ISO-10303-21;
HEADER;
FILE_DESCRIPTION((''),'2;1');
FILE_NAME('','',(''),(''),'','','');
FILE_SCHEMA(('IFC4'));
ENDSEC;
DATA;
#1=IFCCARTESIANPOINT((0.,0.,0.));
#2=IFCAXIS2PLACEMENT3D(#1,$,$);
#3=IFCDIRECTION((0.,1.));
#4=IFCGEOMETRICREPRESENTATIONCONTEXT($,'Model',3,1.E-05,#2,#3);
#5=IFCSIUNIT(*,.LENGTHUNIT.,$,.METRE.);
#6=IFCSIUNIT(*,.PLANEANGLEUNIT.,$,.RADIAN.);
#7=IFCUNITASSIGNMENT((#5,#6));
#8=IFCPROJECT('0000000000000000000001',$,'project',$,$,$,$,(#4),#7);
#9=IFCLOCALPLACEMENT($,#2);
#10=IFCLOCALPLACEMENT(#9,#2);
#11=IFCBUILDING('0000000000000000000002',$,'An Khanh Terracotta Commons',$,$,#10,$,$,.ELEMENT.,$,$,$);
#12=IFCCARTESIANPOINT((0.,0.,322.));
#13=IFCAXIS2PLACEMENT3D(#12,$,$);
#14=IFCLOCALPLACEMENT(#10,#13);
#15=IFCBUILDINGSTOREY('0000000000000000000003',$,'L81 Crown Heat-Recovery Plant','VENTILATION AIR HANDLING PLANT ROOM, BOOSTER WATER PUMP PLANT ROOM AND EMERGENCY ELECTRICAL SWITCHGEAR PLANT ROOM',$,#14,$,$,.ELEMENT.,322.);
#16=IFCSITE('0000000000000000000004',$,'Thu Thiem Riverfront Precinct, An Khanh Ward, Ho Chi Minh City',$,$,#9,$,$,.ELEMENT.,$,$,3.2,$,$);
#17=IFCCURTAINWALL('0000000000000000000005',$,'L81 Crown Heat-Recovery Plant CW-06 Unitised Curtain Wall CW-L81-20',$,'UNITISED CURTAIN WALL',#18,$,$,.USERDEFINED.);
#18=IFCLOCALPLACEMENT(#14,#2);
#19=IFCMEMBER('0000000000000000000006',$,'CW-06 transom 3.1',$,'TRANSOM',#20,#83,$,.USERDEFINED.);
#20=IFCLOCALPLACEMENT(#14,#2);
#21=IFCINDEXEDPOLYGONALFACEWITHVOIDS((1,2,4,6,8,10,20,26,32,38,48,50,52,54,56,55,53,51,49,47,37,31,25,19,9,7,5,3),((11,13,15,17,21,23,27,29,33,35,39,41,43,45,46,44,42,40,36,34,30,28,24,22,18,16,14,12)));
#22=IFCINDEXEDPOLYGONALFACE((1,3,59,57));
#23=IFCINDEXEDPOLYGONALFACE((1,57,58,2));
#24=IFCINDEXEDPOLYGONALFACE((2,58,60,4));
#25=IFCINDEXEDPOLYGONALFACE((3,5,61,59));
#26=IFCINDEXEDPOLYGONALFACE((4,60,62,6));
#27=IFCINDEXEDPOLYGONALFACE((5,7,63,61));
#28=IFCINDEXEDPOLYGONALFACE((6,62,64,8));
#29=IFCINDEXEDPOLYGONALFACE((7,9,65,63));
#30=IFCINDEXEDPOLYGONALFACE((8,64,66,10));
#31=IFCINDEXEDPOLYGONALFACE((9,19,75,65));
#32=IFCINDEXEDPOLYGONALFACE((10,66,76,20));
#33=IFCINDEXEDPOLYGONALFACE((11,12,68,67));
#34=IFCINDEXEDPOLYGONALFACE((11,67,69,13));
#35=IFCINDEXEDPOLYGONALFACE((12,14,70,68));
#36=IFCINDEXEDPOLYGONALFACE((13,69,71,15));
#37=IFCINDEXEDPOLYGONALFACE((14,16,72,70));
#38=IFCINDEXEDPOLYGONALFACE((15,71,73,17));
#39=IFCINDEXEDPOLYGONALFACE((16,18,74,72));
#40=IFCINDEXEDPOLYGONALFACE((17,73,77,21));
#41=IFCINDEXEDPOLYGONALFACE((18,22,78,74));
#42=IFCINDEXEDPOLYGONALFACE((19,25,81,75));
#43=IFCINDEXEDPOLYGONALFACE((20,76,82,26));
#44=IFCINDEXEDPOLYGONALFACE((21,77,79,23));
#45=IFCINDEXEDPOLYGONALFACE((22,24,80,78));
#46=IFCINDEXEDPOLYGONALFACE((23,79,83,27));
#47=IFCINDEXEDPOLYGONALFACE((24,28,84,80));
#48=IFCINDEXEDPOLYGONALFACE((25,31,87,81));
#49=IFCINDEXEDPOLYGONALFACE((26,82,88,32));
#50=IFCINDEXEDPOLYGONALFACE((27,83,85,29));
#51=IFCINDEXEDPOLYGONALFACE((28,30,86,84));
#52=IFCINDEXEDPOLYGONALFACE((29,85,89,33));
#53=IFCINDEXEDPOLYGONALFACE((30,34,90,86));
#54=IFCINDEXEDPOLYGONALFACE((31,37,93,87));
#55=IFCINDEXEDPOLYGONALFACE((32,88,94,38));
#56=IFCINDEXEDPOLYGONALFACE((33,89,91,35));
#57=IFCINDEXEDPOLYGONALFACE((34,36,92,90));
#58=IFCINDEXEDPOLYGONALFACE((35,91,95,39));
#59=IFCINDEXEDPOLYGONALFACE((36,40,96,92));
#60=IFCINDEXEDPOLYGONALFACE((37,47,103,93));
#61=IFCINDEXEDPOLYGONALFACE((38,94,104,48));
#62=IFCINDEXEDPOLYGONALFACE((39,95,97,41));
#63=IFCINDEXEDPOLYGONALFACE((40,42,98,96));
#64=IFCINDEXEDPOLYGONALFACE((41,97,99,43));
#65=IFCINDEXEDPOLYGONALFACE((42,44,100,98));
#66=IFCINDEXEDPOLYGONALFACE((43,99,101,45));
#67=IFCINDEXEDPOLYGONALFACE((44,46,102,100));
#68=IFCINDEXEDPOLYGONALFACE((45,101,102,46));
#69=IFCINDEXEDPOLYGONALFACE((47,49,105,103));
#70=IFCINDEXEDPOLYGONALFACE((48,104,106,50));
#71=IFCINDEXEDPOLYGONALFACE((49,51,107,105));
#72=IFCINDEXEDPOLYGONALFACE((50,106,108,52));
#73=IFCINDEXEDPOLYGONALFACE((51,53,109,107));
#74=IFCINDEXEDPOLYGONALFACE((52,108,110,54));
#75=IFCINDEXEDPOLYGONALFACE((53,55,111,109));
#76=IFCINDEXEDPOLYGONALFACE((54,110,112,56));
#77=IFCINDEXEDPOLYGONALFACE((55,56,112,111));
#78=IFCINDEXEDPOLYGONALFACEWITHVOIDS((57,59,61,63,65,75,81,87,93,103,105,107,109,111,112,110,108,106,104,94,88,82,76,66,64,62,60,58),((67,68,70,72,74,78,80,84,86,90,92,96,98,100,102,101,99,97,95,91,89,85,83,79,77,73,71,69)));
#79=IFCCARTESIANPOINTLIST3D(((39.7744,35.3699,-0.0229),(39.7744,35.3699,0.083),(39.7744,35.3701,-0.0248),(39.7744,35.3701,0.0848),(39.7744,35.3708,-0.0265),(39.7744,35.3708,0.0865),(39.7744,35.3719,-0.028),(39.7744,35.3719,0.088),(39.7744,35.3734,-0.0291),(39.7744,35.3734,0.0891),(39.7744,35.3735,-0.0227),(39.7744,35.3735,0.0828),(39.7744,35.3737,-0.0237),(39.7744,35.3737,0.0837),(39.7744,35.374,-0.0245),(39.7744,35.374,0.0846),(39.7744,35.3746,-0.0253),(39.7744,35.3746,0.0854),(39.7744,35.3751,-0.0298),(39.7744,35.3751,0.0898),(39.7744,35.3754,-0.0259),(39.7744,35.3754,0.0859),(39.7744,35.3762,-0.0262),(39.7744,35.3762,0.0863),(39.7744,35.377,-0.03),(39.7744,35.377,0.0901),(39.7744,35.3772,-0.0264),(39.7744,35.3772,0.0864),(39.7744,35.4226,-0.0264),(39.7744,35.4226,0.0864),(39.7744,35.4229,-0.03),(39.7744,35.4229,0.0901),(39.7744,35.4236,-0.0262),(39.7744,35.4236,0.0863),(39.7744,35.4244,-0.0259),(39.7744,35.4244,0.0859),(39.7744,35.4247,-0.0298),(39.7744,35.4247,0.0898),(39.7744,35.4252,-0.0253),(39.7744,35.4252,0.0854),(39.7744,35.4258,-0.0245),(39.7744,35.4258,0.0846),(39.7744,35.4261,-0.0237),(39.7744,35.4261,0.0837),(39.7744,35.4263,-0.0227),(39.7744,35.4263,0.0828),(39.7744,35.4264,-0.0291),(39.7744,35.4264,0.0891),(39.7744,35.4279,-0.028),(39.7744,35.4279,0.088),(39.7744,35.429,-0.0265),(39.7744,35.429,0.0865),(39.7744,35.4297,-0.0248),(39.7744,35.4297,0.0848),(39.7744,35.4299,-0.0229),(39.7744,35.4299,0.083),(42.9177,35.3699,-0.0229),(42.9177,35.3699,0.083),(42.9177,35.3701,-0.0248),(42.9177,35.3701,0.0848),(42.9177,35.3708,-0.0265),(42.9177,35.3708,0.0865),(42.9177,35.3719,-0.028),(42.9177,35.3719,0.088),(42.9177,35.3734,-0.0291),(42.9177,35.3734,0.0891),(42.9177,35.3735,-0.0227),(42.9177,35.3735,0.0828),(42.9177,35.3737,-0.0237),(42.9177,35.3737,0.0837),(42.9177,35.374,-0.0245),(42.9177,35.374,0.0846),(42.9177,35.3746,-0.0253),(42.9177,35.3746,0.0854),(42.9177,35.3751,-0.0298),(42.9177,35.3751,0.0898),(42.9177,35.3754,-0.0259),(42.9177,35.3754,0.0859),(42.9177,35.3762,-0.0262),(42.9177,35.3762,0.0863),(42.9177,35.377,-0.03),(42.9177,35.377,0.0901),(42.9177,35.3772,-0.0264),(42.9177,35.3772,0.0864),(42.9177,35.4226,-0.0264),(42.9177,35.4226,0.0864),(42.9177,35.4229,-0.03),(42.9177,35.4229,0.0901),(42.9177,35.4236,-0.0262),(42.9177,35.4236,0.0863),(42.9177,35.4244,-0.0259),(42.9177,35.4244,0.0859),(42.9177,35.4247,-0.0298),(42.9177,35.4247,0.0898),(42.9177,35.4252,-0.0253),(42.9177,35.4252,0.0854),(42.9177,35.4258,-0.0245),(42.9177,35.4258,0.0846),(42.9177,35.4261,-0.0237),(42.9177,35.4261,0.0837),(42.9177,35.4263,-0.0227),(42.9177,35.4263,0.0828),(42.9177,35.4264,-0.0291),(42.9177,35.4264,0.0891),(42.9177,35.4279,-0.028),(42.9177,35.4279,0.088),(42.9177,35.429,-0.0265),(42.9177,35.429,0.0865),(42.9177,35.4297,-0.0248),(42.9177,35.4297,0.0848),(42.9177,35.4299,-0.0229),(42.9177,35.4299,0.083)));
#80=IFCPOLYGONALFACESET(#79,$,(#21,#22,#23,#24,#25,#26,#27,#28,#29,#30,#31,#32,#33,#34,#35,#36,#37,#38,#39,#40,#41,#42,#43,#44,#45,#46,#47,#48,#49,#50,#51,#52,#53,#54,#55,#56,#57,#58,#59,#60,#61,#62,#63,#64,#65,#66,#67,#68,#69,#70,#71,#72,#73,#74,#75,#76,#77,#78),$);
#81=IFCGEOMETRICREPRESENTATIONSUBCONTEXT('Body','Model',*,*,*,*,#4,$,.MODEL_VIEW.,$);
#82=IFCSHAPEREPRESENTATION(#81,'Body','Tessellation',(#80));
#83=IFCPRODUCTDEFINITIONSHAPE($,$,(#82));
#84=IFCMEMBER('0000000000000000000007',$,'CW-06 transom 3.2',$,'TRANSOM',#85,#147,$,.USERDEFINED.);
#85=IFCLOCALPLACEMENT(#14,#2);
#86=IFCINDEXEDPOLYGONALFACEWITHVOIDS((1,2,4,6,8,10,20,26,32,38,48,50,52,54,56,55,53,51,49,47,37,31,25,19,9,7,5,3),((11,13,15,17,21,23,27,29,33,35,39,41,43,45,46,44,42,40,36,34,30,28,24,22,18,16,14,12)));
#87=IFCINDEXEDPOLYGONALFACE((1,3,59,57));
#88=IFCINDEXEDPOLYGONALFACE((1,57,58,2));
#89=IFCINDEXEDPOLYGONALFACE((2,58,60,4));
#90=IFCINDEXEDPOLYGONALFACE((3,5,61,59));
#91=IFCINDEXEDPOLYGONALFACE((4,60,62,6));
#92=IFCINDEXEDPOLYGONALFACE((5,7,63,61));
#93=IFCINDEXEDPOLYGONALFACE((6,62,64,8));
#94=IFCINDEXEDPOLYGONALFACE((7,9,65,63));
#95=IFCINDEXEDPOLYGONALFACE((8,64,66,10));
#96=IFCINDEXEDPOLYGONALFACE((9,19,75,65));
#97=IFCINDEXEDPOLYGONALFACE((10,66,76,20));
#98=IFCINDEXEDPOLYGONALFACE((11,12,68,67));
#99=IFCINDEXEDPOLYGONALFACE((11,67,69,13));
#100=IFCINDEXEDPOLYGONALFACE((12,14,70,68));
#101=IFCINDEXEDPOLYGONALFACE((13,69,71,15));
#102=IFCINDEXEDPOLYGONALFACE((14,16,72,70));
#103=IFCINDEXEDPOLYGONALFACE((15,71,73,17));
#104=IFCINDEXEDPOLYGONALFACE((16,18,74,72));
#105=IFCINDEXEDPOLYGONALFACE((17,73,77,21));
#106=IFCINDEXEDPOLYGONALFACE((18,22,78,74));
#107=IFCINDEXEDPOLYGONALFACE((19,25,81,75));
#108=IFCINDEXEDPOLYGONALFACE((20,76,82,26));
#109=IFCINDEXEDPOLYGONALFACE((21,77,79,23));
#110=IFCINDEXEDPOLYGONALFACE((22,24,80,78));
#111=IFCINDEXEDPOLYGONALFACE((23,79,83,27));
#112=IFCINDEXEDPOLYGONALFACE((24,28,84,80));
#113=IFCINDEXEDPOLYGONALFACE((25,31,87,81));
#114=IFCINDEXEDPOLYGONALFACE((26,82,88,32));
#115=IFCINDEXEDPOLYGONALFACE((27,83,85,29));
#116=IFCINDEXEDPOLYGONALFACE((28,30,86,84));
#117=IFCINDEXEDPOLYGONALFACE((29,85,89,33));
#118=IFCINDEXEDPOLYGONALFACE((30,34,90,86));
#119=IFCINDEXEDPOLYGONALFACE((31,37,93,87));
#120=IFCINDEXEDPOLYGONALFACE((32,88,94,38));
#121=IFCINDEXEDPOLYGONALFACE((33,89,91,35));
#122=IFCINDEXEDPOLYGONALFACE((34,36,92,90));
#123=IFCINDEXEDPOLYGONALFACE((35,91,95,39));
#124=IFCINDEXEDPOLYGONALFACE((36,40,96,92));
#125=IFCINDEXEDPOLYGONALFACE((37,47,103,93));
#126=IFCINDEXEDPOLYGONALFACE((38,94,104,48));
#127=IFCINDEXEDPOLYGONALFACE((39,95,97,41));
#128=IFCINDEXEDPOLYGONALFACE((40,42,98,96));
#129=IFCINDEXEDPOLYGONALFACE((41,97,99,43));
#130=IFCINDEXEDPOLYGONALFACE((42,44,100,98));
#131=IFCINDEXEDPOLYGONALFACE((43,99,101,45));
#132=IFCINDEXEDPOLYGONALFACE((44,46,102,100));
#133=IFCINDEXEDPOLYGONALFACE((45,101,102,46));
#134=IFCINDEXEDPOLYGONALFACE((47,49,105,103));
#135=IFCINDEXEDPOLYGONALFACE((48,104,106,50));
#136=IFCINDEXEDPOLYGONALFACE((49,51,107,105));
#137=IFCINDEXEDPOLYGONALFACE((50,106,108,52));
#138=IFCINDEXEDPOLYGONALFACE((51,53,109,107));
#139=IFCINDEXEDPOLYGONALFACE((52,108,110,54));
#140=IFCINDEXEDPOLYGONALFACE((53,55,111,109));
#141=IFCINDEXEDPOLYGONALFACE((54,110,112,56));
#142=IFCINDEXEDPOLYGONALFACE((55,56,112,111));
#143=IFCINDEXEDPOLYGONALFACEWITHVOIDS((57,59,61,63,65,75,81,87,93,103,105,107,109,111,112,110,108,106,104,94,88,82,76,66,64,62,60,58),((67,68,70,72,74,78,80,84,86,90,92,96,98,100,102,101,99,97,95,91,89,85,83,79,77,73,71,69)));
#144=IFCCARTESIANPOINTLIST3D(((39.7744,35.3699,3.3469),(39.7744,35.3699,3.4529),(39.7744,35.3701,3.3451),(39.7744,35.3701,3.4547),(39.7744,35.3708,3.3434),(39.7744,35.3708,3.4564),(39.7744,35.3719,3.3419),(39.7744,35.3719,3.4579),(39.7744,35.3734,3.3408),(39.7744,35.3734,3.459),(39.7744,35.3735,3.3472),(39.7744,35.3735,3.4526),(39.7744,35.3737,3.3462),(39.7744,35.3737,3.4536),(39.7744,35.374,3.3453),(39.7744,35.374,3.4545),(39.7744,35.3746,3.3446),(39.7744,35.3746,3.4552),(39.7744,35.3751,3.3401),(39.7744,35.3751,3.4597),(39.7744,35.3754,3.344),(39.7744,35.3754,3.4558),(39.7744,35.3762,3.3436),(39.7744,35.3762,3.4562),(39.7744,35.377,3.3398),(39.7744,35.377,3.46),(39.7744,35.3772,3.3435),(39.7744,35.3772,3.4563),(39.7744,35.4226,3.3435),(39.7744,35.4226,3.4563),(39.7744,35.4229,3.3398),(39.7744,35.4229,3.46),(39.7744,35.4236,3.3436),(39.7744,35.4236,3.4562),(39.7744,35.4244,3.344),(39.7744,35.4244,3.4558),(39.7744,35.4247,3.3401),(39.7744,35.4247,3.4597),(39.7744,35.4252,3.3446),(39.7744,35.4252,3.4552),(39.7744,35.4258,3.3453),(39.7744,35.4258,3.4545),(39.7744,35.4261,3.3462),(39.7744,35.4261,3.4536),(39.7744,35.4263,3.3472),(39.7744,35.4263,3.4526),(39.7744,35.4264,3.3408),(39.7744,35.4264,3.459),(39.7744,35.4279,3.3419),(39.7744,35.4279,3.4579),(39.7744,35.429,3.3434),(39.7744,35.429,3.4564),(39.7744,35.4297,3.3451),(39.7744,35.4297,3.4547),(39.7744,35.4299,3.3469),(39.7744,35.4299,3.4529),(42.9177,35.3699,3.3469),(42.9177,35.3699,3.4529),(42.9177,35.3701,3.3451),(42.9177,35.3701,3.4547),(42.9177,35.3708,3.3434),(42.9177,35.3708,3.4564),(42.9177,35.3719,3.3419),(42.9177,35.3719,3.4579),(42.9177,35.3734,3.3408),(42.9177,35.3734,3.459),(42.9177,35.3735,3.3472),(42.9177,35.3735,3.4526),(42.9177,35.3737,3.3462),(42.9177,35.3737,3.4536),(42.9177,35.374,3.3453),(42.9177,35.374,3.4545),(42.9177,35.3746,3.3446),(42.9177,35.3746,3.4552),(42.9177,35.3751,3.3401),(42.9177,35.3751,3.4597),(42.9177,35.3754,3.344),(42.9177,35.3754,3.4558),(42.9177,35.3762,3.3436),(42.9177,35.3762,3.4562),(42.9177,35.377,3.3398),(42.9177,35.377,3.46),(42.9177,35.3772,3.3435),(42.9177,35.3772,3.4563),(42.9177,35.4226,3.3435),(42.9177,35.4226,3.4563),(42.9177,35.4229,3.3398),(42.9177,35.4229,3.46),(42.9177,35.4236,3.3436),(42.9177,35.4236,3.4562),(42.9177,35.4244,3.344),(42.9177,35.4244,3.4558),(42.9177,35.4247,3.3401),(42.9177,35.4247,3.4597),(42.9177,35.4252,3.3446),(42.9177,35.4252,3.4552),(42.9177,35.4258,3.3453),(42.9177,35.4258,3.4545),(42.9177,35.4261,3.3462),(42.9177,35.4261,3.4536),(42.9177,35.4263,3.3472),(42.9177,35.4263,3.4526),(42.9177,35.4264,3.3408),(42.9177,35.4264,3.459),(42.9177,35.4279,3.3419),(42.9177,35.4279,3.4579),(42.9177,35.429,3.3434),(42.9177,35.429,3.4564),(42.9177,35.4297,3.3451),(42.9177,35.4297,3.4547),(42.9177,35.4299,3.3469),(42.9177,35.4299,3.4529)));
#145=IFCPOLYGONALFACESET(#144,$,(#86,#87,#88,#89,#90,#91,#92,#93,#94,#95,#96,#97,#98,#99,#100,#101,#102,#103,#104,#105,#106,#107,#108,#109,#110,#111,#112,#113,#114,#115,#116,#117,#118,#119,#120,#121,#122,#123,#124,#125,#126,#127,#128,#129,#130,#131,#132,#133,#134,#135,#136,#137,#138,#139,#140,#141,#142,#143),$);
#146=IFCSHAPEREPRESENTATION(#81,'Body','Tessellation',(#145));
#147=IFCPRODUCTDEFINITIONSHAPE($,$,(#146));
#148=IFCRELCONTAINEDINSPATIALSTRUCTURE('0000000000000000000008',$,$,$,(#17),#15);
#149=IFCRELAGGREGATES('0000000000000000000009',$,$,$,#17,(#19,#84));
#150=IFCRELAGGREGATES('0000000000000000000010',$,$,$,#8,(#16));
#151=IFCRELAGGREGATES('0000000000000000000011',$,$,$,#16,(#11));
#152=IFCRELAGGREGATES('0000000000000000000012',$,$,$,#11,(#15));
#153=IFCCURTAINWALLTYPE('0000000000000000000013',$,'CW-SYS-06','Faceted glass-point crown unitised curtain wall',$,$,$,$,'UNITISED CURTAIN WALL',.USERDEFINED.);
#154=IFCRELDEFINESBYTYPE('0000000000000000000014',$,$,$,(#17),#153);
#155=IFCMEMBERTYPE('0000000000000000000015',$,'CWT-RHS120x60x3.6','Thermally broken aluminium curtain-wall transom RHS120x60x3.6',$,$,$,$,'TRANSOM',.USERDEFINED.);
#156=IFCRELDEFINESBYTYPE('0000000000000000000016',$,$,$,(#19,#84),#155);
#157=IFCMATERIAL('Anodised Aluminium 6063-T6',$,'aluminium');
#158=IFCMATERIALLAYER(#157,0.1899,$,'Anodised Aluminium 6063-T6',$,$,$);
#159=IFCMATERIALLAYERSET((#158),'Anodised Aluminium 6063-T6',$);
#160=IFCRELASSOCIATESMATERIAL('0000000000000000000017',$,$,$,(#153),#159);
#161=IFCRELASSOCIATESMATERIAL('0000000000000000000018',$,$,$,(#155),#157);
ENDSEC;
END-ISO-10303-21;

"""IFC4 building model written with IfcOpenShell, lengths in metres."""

from ifc_helpers import new_model, si_unit, direction, frame, origin, origin_2d, place, context, subcontext, project, spatial, hollow_rectangle, extrude, material, layer, layer_set, material_profile, profile_set, type_object, element, aggregate, save


model = new_model("IFC4")

# Units and contexts
model_context = context("Model", 3, precision=1e-05, world=origin(), true_north=direction((0.0, 1.0)))
body_context = subcontext(model_context, "Body", "Model", "MODEL_VIEW")
ifc_project = project(units=[si_unit("LENGTHUNIT", "METRE"), si_unit("PLANEANGLEUNIT", "RADIAN")], contexts=[model_context])

# Site, building, storey
site_placement = place(None, origin())
site = spatial("IfcSite", under=ifc_project, at=site_placement, Name="Thu Thiem Riverfront Precinct, An Khanh Ward, Ho Chi Minh City", CompositionType="ELEMENT", RefElevation=3.2)
building_placement = place(site_placement, origin())
building = spatial("IfcBuilding", under=site, at=building_placement, Name="An Khanh Terracotta Commons", CompositionType="ELEMENT")
storey_placement = place(building_placement, frame((0.0, 0.0, 322.0)))
storey = spatial("IfcBuildingStorey", under=building, at=storey_placement, Name="L81 Crown Heat-Recovery Plant", Description="VENTILATION AIR HANDLING PLANT ROOM, BOOSTER WATER PUMP PLANT ROOM AND EMERGENCY ELECTRICAL SWITCHGEAR PLANT ROOM", CompositionType="ELEMENT", Elevation=322.0)

# Curtain wall, members
ifc_material_1 = material(Name="Anodised Aluminium 6063-T6", Category="aluminium")
ifc_layer_1 = layer(ifc_material_1, 0.1899, Name="Anodised Aluminium 6063-T6")
ifc_layer_set_1 = layer_set([ifc_layer_1], Name="Anodised Aluminium 6063-T6")
curtain_wall_type = type_object("IfcCurtainWallType", Name="CW-SYS-06", Description="Faceted glass-point crown unitised curtain wall", ElementType="UNITISED CURTAIN WALL", PredefinedType="USERDEFINED", material=ifc_layer_set_1)
curtain_wall_placement = place(storey_placement, origin())
curtain_wall = element("IfcCurtainWall", 1, at=curtain_wall_placement, inside=storey, type_object=curtain_wall_type, Name="L81 Crown Heat-Recovery Plant CW-06 Unitised Curtain Wall CW-L81-20", ObjectType="UNITISED CURTAIN WALL", PredefinedType="USERDEFINED")
ifc_material_profile_1 = material_profile(ifc_material_1, hollow_rectangle(XDim=0.0601, YDim=0.1201, WallThickness=0.0037, InnerFilletRadius=0.0037, OuterFilletRadius=0.0071, at=origin_2d()), Name="RHS120x60x3.6")
ifc_profile_set_1 = profile_set([ifc_material_profile_1], Name="Anodised Aluminium 6063-T6")
member_type_1 = type_object("IfcMemberType", Name="CWT-RHS120x60x3.6", Description="Thermally broken aluminium curtain-wall transom RHS120x60x3.6", ElementType="TRANSOM", PredefinedType="USERDEFINED", material=ifc_profile_set_1)
member_1_placement = place(storey_placement, frame((42.9177, 35.3999, 0.03), z_axis=(-1.0, 0.0, 0.0), x_axis=(0.0, -1.0, 0.0)))
member_1 = element("IfcMember", 2, at=member_1_placement, type_object=member_type_1, Name="CW-06 transom 3.1", ObjectType="TRANSOM", PredefinedType="USERDEFINED", context=body_context, shape_type="SweptSolid", body=[
    extrude(hollow_rectangle(XDim=0.0601, YDim=0.1201, WallThickness=0.0037, InnerFilletRadius=0.0037, OuterFilletRadius=0.0071, at=origin_2d()), origin(), (0.0, 0.0, 1.0), 3.1433),
])
member_2_placement = place(storey_placement, frame((42.9177, 35.3999, 3.3999), z_axis=(-1.0, 0.0, 0.0), x_axis=(0.0, -1.0, 0.0)))
member_2 = element("IfcMember", 3, at=member_2_placement, type_object=member_type_1, Name="CW-06 transom 3.2", ObjectType="TRANSOM", PredefinedType="USERDEFINED", context=body_context, shape_type="SweptSolid", body=[
    extrude(hollow_rectangle(XDim=0.0601, YDim=0.1201, WallThickness=0.0037, InnerFilletRadius=0.0037, OuterFilletRadius=0.0071, at=origin_2d()), origin(), (0.0, 0.0, 1.0), 3.1433),
])

aggregate(curtain_wall, [member_1, member_2])

save(model, "model.ifc")
